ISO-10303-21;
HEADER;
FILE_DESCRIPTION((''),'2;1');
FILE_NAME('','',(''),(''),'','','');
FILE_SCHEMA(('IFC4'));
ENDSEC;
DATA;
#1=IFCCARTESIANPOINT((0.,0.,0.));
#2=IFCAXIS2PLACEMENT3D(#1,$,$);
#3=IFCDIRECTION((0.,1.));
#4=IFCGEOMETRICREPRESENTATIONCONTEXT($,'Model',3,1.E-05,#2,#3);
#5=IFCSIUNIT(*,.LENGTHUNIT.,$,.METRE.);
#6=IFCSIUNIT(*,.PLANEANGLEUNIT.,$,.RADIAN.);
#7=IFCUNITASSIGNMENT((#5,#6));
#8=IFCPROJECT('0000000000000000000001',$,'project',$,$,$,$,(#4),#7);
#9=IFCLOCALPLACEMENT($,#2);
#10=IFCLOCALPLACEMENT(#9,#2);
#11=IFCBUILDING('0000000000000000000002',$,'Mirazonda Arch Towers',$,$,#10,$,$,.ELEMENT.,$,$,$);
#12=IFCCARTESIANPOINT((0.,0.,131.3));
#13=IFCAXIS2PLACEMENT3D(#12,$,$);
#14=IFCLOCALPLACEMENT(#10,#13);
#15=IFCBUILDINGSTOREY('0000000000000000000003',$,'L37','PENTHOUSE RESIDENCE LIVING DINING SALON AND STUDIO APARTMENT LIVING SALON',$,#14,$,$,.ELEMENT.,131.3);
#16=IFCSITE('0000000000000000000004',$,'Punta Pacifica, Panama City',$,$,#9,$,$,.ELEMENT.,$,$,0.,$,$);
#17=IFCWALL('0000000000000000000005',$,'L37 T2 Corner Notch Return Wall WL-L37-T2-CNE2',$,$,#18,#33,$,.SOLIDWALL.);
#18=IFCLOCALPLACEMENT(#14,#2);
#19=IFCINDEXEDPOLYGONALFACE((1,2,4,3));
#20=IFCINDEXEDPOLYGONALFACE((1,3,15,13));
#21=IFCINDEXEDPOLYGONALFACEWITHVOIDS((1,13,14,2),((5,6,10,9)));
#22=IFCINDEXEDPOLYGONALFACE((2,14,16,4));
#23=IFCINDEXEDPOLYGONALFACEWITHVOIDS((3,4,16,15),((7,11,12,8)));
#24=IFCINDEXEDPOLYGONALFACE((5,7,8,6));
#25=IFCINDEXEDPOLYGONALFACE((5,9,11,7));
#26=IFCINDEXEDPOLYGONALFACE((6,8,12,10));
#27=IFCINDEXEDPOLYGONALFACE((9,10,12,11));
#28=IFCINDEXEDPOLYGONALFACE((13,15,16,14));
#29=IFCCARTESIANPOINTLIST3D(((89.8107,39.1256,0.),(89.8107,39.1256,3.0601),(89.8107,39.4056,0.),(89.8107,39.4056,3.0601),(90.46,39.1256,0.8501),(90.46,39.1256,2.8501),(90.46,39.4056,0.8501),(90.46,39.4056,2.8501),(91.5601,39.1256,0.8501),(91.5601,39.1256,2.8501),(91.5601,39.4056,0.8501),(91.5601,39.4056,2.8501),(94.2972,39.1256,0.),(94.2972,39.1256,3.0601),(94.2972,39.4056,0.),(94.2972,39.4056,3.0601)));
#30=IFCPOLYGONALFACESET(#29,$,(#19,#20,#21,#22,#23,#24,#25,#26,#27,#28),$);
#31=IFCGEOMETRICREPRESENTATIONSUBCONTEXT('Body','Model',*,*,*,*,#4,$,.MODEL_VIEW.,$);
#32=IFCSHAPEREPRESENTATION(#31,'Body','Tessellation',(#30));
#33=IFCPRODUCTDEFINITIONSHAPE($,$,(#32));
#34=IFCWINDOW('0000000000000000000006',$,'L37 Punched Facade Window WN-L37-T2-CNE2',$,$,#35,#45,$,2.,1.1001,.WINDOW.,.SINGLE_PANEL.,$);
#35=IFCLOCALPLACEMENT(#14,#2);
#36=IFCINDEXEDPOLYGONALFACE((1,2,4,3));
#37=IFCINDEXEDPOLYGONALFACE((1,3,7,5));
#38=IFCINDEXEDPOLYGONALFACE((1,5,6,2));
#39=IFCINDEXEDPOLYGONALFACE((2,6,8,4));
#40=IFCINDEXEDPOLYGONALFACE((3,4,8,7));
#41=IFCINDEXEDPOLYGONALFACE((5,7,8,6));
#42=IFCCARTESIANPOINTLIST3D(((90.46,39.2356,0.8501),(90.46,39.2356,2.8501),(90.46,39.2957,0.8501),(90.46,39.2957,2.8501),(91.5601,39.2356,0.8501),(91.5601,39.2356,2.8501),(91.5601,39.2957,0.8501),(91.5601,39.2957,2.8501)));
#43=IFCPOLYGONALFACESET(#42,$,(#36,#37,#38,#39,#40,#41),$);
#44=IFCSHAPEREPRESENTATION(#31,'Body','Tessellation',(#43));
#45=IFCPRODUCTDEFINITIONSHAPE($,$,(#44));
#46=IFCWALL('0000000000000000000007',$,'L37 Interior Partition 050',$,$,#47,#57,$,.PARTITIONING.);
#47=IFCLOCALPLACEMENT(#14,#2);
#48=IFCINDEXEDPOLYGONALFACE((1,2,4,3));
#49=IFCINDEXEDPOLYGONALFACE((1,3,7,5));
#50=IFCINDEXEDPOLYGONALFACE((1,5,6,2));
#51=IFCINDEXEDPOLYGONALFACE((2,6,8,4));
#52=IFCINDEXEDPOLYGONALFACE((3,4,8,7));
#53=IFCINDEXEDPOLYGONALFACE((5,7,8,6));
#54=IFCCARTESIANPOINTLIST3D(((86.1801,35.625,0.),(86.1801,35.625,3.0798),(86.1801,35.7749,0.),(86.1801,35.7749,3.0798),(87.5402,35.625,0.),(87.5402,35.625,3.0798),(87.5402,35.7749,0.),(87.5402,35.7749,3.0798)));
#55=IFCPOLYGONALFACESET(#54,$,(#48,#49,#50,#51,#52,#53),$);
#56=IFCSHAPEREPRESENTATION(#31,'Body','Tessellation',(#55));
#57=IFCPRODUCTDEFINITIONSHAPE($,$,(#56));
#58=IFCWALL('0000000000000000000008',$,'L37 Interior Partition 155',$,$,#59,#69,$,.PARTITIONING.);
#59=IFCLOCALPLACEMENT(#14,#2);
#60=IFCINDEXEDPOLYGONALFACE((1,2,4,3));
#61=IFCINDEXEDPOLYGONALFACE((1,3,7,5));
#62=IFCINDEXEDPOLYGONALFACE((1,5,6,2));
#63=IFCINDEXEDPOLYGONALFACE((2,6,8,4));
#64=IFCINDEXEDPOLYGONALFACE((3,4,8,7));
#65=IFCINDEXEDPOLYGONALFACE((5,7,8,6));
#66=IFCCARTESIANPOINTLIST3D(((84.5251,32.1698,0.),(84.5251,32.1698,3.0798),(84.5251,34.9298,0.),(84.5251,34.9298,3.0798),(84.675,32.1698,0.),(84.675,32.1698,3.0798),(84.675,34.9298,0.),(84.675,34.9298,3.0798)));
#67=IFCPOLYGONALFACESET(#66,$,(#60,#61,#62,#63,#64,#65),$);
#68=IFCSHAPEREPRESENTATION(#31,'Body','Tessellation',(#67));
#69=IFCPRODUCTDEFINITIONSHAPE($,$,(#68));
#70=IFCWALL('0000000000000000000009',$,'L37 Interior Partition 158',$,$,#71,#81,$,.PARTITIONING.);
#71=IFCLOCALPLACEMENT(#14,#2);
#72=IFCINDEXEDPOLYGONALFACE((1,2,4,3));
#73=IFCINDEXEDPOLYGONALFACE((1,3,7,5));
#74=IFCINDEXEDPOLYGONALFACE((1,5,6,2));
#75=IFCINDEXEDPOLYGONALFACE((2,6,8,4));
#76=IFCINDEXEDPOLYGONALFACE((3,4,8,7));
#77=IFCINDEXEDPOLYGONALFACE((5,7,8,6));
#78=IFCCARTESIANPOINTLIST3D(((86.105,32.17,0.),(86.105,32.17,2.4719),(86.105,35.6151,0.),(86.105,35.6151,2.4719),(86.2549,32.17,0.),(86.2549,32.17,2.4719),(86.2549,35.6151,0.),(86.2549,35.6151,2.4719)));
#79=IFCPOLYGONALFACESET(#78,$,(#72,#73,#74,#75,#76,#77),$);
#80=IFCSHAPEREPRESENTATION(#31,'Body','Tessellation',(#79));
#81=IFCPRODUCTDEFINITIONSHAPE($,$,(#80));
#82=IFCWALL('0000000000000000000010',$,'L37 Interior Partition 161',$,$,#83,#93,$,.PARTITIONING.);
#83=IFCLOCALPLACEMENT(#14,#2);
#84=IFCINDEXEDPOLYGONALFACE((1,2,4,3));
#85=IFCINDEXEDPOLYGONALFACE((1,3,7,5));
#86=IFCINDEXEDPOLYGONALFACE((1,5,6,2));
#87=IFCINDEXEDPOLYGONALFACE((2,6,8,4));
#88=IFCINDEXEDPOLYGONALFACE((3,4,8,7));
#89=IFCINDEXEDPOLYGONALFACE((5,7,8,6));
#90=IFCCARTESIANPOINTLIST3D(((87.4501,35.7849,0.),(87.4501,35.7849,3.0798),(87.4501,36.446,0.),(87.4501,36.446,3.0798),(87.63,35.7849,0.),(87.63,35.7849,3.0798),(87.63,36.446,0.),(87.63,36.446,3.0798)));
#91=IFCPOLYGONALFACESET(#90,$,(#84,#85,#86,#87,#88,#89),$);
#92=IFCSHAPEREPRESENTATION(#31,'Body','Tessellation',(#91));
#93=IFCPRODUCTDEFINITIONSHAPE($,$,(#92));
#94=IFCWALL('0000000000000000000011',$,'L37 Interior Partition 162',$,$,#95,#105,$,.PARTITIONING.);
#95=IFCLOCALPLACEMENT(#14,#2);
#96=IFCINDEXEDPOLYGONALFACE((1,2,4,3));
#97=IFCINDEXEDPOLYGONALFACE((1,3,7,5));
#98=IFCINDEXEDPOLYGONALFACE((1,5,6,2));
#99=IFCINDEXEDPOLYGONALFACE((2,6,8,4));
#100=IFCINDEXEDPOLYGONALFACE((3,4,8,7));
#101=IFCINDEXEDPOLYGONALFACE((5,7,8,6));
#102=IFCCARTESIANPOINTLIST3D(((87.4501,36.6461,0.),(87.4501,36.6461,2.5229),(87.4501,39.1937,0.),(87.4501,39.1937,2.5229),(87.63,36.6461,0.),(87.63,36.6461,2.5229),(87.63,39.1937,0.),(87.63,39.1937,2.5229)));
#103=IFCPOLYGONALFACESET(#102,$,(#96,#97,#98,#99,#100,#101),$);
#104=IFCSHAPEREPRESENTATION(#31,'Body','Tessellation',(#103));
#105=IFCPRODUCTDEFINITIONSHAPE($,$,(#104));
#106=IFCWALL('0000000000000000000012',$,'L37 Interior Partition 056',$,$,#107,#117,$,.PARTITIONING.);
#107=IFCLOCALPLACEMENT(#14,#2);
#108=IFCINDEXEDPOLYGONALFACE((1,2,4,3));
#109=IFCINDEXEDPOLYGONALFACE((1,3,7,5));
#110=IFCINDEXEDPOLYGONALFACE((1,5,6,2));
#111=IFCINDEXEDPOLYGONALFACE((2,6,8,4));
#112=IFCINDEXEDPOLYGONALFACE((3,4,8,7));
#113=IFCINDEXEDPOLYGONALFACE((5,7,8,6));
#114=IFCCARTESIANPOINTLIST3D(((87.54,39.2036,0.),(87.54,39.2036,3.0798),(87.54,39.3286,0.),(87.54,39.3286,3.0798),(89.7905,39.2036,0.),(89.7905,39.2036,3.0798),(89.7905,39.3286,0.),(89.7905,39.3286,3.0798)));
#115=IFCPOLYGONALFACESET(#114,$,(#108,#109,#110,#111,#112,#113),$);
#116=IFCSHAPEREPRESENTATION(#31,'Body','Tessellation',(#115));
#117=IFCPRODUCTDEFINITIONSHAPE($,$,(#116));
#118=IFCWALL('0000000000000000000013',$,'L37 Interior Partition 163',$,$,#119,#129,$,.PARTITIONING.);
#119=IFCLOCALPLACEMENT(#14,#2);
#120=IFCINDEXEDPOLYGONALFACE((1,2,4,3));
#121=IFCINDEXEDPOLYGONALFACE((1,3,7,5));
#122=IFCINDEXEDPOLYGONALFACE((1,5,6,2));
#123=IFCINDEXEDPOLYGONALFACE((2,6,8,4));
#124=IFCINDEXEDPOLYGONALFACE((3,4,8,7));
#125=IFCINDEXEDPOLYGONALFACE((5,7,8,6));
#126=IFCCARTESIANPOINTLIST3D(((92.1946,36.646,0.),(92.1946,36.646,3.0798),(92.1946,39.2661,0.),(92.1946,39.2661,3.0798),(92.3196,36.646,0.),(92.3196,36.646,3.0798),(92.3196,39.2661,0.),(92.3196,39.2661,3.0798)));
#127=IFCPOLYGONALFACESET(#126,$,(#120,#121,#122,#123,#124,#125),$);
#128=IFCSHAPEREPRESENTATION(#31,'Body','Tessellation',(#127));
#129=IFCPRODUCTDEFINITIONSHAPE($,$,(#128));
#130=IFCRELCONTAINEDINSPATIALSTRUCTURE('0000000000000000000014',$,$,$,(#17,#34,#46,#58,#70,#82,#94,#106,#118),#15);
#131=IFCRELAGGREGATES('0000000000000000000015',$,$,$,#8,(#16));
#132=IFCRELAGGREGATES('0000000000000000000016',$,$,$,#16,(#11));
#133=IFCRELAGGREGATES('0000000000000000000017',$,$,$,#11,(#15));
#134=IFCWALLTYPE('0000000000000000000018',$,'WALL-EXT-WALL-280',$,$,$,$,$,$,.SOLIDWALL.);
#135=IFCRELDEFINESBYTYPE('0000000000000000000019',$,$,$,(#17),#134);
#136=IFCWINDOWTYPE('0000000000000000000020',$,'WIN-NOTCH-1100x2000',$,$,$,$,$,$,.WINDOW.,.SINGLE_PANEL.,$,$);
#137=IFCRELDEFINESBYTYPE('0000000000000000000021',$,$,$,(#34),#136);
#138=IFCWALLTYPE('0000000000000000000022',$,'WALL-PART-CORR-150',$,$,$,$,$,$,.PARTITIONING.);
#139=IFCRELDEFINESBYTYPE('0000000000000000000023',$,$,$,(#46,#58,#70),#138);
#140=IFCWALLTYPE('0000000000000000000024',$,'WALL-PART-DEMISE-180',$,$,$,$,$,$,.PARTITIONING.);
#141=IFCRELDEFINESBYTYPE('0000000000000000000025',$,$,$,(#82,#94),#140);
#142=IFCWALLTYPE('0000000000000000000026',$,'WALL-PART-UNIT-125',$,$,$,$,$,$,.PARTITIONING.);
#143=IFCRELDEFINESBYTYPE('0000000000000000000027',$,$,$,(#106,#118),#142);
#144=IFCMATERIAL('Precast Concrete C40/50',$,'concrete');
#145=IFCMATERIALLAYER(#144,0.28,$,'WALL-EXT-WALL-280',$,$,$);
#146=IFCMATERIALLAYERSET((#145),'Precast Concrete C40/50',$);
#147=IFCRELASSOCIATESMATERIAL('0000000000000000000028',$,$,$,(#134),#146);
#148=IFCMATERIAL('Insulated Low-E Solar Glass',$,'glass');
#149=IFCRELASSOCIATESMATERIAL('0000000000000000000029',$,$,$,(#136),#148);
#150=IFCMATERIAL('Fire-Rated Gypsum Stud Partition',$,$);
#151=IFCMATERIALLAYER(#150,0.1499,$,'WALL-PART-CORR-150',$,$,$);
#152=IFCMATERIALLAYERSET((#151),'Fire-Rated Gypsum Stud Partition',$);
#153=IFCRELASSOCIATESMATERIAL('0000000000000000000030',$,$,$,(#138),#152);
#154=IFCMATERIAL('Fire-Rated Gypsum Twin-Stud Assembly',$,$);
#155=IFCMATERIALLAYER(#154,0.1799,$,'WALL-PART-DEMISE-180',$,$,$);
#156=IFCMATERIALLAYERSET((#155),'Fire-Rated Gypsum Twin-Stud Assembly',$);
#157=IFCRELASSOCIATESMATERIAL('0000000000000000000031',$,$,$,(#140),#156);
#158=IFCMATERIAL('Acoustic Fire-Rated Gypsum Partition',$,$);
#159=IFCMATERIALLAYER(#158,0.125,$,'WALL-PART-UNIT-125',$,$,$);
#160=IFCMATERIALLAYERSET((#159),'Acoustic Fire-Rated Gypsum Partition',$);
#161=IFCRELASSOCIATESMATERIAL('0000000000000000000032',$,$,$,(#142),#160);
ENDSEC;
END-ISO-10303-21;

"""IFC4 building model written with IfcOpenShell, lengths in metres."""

from ifc_helpers import new_model, si_unit, direction, frame, frame_2d, origin, place, context, subcontext, project, spatial, rectangle, extrude, material, layer, layer_set, type_object, element, fill, save


model = new_model("IFC4")

# Units and contexts
model_context = context("Model", 3, precision=1e-05, world=origin(), true_north=direction((0.0, 1.0)))
body_context = subcontext(model_context, "Body", "Model", "MODEL_VIEW")
ifc_project = project(units=[si_unit("LENGTHUNIT", "METRE"), si_unit("PLANEANGLEUNIT", "RADIAN")], contexts=[model_context])

# Site, building, storey
site_placement = place(None, origin())
site = spatial("IfcSite", under=ifc_project, at=site_placement, Name="Punta Pacifica, Panama City", CompositionType="ELEMENT", RefElevation=0.0)
building_placement = place(site_placement, origin())
building = spatial("IfcBuilding", under=site, at=building_placement, Name="Mirazonda Arch Towers", CompositionType="ELEMENT")
storey_placement = place(building_placement, frame((0.0, 0.0, 131.3)))
storey = spatial("IfcBuildingStorey", under=building, at=storey_placement, Name="L37", Description="PENTHOUSE RESIDENCE LIVING DINING SALON AND STUDIO APARTMENT LIVING SALON", CompositionType="ELEMENT", Elevation=131.3)

# Shared definitions
ifc_material_1 = material(Name="Insulated Low-E Solar Glass", Category="glass")

# Wall, opening, window
ifc_material_2 = material(Name="Precast Concrete C40/50", Category="concrete")
ifc_layer_1 = layer(ifc_material_2, 0.28, Name="WALL-EXT-WALL-280")
ifc_layer_set_1 = layer_set([ifc_layer_1], Name="Precast Concrete C40/50")
wall_type_1 = type_object("IfcWallType", Name="WALL-EXT-WALL-280", PredefinedType="SOLIDWALL", material=ifc_layer_set_1)
window_type = type_object("IfcWindowType", Name="WIN-NOTCH-1100x2000", PartitioningType="SINGLE_PANEL", PredefinedType="WINDOW", material=ifc_material_1)
wall_1_placement = place(storey_placement, frame((94.2971, 39.2656, 0.0), z_axis=(0.0, 0.0, 1.0), x_axis=(-1.0, 0.0, 0.0)))
wall_1 = element("IfcWall", 1, at=wall_1_placement, inside=storey, type_object=wall_type_1, Name="L37 T2 Corner Notch Return Wall WL-L37-T2-CNE2", PredefinedType="SOLIDWALL", context=body_context, shape_type="SweptSolid", body=[
    extrude(rectangle(XDim=4.4866, YDim=0.28, at=frame_2d((2.2432, 0.0))), origin(), (0.0, 0.0, 1.0), 3.0601),
])
opening_1_placement = place(wall_1_placement, frame((2.7371, 0.0, 0.8501)))
opening_1 = element("IfcOpeningElement", 2, at=opening_1_placement, cuts=wall_1, PredefinedType="OPENING", context=body_context, shape_type="SweptSolid", body=[
    extrude(rectangle(XDim=1.1001, YDim=2.0, at=frame_2d((0.55, 1.0))), frame((0.0, 0.1499, 0.0), z_axis=(0.0, -1.0, 0.0), x_axis=(1.0, 0.0, 0.0)), (0.0, 0.0, 1.0), 0.3),
])
window_1_placement = place(opening_1_placement, origin())
window_1 = element("IfcWindow", 3, at=window_1_placement, inside=storey, type_object=window_type, Name="L37 Punched Facade Window WN-L37-T2-CNE2", OverallHeight=2.0, OverallWidth=1.1001, PartitioningType="SINGLE_PANEL", PredefinedType="WINDOW", context=body_context, shape_type="SweptSolid", body=[
    extrude(rectangle(XDim=1.1001, YDim=2.0, at=frame_2d((0.55, 1.0))), frame((0.0, 0.03, 0.0), z_axis=(0.0, -1.0, 0.0), x_axis=(1.0, 0.0, 0.0)), (0.0, 0.0, 1.0), 0.0601),
])
fill(opening_1, window_1)

# Walls
ifc_material_3 = material(Name="Fire-Rated Gypsum Stud Partition")
ifc_layer_2 = layer(ifc_material_3, 0.1499, Name="WALL-PART-CORR-150")
ifc_layer_set_2 = layer_set([ifc_layer_2], Name="Fire-Rated Gypsum Stud Partition")
wall_type_2 = type_object("IfcWallType", Name="WALL-PART-CORR-150", PredefinedType="PARTITIONING", material=ifc_layer_set_2)
wall_2_placement = place(storey_placement, frame((86.1799, 35.7, 0.0), z_axis=(0.0, 0.0, 1.0), x_axis=(1.0, 0.0, 0.0)))
element("IfcWall", 4, at=wall_2_placement, inside=storey, type_object=wall_type_2, Name="L37 Interior Partition 050", PredefinedType="PARTITIONING", context=body_context, shape_type="SweptSolid", body=[
    extrude(rectangle(XDim=1.3601, YDim=0.1499, at=frame_2d((0.6802, 0.0))), origin(), (0.0, 0.0, 1.0), 3.0798),
])
wall_3_placement = place(storey_placement, frame((84.6001, 32.1699, 0.0), z_axis=(0.0, 0.0, 1.0), x_axis=(0.0, 1.0, 0.0)))
element("IfcWall", 5, at=wall_3_placement, inside=storey, type_object=wall_type_2, Name="L37 Interior Partition 155", PredefinedType="PARTITIONING", context=body_context, shape_type="SweptSolid", body=[
    extrude(rectangle(XDim=2.76, YDim=0.1499, at=frame_2d((1.3799, 0.0))), origin(), (0.0, 0.0, 1.0), 3.0798),
])
wall_4_placement = place(storey_placement, frame((86.1799, 32.1699, 0.0), z_axis=(0.0, 0.0, 1.0), x_axis=(0.0, 1.0, 0.0)))
element("IfcWall", 6, at=wall_4_placement, inside=storey, type_object=wall_type_2, Name="L37 Interior Partition 158", PredefinedType="PARTITIONING", context=body_context, shape_type="SweptSolid", body=[
    extrude(rectangle(XDim=3.4451, YDim=0.1499, at=frame_2d((1.7227, 0.0))), origin(), (0.0, 0.0, 1.0), 2.4719),
])

# Shared definitions
ifc_material_4 = material(Name="Fire-Rated Gypsum Twin-Stud Assembly")
ifc_layer_3 = layer(ifc_material_4, 0.1799, Name="WALL-PART-DEMISE-180")
ifc_layer_set_3 = layer_set([ifc_layer_3], Name="Fire-Rated Gypsum Twin-Stud Assembly")
wall_type_3 = type_object("IfcWallType", Name="WALL-PART-DEMISE-180", PredefinedType="PARTITIONING", material=ifc_layer_set_3)

# Walls
wall_5_placement = place(storey_placement, frame((87.54, 35.7849, 0.0), z_axis=(0.0, 0.0, 1.0), x_axis=(0.0, 1.0, 0.0)))
element("IfcWall", 7, at=wall_5_placement, inside=storey, type_object=wall_type_3, Name="L37 Interior Partition 161", PredefinedType="PARTITIONING", context=body_context, shape_type="SweptSolid", body=[
    extrude(rectangle(XDim=0.6611, YDim=0.1799, at=frame_2d((0.3306, 0.0))), origin(), (0.0, 0.0, 1.0), 3.0798),
])
wall_6_placement = place(storey_placement, frame((87.54, 36.646, 0.0), z_axis=(0.0, 0.0, 1.0), x_axis=(0.0, 1.0, 0.0)))
element("IfcWall", 8, at=wall_6_placement, inside=storey, type_object=wall_type_3, Name="L37 Interior Partition 162", PredefinedType="PARTITIONING", context=body_context, shape_type="SweptSolid", body=[
    extrude(rectangle(XDim=2.5476, YDim=0.1799, at=frame_2d((1.2739, 0.0))), origin(), (0.0, 0.0, 1.0), 2.5229),
])
ifc_material_5 = material(Name="Acoustic Fire-Rated Gypsum Partition")
ifc_layer_4 = layer(ifc_material_5, 0.125, Name="WALL-PART-UNIT-125")
ifc_layer_set_4 = layer_set([ifc_layer_4], Name="Acoustic Fire-Rated Gypsum Partition")
wall_type_4 = type_object("IfcWallType", Name="WALL-PART-UNIT-125", PredefinedType="PARTITIONING", material=ifc_layer_set_4)
wall_7_placement = place(storey_placement, frame((87.54, 39.2661, 0.0), z_axis=(0.0, 0.0, 1.0), x_axis=(1.0, 0.0, 0.0)))
element("IfcWall", 9, at=wall_7_placement, inside=storey, type_object=wall_type_4, Name="L37 Interior Partition 056", PredefinedType="PARTITIONING", context=body_context, shape_type="SweptSolid", body=[
    extrude(rectangle(XDim=2.2505, YDim=0.125, at=frame_2d((1.1252, 0.0))), origin(), (0.0, 0.0, 1.0), 3.0798),
])
wall_8_placement = place(storey_placement, frame((92.2571, 36.646, 0.0), z_axis=(0.0, 0.0, 1.0), x_axis=(0.0, 1.0, 0.0)))
element("IfcWall", 10, at=wall_8_placement, inside=storey, type_object=wall_type_4, Name="L37 Interior Partition 163", PredefinedType="PARTITIONING", context=body_context, shape_type="SweptSolid", body=[
    extrude(rectangle(XDim=2.6201, YDim=0.125, at=frame_2d((1.3101, 0.0))), origin(), (0.0, 0.0, 1.0), 3.0798),
])

save(model, "model.ifc")
